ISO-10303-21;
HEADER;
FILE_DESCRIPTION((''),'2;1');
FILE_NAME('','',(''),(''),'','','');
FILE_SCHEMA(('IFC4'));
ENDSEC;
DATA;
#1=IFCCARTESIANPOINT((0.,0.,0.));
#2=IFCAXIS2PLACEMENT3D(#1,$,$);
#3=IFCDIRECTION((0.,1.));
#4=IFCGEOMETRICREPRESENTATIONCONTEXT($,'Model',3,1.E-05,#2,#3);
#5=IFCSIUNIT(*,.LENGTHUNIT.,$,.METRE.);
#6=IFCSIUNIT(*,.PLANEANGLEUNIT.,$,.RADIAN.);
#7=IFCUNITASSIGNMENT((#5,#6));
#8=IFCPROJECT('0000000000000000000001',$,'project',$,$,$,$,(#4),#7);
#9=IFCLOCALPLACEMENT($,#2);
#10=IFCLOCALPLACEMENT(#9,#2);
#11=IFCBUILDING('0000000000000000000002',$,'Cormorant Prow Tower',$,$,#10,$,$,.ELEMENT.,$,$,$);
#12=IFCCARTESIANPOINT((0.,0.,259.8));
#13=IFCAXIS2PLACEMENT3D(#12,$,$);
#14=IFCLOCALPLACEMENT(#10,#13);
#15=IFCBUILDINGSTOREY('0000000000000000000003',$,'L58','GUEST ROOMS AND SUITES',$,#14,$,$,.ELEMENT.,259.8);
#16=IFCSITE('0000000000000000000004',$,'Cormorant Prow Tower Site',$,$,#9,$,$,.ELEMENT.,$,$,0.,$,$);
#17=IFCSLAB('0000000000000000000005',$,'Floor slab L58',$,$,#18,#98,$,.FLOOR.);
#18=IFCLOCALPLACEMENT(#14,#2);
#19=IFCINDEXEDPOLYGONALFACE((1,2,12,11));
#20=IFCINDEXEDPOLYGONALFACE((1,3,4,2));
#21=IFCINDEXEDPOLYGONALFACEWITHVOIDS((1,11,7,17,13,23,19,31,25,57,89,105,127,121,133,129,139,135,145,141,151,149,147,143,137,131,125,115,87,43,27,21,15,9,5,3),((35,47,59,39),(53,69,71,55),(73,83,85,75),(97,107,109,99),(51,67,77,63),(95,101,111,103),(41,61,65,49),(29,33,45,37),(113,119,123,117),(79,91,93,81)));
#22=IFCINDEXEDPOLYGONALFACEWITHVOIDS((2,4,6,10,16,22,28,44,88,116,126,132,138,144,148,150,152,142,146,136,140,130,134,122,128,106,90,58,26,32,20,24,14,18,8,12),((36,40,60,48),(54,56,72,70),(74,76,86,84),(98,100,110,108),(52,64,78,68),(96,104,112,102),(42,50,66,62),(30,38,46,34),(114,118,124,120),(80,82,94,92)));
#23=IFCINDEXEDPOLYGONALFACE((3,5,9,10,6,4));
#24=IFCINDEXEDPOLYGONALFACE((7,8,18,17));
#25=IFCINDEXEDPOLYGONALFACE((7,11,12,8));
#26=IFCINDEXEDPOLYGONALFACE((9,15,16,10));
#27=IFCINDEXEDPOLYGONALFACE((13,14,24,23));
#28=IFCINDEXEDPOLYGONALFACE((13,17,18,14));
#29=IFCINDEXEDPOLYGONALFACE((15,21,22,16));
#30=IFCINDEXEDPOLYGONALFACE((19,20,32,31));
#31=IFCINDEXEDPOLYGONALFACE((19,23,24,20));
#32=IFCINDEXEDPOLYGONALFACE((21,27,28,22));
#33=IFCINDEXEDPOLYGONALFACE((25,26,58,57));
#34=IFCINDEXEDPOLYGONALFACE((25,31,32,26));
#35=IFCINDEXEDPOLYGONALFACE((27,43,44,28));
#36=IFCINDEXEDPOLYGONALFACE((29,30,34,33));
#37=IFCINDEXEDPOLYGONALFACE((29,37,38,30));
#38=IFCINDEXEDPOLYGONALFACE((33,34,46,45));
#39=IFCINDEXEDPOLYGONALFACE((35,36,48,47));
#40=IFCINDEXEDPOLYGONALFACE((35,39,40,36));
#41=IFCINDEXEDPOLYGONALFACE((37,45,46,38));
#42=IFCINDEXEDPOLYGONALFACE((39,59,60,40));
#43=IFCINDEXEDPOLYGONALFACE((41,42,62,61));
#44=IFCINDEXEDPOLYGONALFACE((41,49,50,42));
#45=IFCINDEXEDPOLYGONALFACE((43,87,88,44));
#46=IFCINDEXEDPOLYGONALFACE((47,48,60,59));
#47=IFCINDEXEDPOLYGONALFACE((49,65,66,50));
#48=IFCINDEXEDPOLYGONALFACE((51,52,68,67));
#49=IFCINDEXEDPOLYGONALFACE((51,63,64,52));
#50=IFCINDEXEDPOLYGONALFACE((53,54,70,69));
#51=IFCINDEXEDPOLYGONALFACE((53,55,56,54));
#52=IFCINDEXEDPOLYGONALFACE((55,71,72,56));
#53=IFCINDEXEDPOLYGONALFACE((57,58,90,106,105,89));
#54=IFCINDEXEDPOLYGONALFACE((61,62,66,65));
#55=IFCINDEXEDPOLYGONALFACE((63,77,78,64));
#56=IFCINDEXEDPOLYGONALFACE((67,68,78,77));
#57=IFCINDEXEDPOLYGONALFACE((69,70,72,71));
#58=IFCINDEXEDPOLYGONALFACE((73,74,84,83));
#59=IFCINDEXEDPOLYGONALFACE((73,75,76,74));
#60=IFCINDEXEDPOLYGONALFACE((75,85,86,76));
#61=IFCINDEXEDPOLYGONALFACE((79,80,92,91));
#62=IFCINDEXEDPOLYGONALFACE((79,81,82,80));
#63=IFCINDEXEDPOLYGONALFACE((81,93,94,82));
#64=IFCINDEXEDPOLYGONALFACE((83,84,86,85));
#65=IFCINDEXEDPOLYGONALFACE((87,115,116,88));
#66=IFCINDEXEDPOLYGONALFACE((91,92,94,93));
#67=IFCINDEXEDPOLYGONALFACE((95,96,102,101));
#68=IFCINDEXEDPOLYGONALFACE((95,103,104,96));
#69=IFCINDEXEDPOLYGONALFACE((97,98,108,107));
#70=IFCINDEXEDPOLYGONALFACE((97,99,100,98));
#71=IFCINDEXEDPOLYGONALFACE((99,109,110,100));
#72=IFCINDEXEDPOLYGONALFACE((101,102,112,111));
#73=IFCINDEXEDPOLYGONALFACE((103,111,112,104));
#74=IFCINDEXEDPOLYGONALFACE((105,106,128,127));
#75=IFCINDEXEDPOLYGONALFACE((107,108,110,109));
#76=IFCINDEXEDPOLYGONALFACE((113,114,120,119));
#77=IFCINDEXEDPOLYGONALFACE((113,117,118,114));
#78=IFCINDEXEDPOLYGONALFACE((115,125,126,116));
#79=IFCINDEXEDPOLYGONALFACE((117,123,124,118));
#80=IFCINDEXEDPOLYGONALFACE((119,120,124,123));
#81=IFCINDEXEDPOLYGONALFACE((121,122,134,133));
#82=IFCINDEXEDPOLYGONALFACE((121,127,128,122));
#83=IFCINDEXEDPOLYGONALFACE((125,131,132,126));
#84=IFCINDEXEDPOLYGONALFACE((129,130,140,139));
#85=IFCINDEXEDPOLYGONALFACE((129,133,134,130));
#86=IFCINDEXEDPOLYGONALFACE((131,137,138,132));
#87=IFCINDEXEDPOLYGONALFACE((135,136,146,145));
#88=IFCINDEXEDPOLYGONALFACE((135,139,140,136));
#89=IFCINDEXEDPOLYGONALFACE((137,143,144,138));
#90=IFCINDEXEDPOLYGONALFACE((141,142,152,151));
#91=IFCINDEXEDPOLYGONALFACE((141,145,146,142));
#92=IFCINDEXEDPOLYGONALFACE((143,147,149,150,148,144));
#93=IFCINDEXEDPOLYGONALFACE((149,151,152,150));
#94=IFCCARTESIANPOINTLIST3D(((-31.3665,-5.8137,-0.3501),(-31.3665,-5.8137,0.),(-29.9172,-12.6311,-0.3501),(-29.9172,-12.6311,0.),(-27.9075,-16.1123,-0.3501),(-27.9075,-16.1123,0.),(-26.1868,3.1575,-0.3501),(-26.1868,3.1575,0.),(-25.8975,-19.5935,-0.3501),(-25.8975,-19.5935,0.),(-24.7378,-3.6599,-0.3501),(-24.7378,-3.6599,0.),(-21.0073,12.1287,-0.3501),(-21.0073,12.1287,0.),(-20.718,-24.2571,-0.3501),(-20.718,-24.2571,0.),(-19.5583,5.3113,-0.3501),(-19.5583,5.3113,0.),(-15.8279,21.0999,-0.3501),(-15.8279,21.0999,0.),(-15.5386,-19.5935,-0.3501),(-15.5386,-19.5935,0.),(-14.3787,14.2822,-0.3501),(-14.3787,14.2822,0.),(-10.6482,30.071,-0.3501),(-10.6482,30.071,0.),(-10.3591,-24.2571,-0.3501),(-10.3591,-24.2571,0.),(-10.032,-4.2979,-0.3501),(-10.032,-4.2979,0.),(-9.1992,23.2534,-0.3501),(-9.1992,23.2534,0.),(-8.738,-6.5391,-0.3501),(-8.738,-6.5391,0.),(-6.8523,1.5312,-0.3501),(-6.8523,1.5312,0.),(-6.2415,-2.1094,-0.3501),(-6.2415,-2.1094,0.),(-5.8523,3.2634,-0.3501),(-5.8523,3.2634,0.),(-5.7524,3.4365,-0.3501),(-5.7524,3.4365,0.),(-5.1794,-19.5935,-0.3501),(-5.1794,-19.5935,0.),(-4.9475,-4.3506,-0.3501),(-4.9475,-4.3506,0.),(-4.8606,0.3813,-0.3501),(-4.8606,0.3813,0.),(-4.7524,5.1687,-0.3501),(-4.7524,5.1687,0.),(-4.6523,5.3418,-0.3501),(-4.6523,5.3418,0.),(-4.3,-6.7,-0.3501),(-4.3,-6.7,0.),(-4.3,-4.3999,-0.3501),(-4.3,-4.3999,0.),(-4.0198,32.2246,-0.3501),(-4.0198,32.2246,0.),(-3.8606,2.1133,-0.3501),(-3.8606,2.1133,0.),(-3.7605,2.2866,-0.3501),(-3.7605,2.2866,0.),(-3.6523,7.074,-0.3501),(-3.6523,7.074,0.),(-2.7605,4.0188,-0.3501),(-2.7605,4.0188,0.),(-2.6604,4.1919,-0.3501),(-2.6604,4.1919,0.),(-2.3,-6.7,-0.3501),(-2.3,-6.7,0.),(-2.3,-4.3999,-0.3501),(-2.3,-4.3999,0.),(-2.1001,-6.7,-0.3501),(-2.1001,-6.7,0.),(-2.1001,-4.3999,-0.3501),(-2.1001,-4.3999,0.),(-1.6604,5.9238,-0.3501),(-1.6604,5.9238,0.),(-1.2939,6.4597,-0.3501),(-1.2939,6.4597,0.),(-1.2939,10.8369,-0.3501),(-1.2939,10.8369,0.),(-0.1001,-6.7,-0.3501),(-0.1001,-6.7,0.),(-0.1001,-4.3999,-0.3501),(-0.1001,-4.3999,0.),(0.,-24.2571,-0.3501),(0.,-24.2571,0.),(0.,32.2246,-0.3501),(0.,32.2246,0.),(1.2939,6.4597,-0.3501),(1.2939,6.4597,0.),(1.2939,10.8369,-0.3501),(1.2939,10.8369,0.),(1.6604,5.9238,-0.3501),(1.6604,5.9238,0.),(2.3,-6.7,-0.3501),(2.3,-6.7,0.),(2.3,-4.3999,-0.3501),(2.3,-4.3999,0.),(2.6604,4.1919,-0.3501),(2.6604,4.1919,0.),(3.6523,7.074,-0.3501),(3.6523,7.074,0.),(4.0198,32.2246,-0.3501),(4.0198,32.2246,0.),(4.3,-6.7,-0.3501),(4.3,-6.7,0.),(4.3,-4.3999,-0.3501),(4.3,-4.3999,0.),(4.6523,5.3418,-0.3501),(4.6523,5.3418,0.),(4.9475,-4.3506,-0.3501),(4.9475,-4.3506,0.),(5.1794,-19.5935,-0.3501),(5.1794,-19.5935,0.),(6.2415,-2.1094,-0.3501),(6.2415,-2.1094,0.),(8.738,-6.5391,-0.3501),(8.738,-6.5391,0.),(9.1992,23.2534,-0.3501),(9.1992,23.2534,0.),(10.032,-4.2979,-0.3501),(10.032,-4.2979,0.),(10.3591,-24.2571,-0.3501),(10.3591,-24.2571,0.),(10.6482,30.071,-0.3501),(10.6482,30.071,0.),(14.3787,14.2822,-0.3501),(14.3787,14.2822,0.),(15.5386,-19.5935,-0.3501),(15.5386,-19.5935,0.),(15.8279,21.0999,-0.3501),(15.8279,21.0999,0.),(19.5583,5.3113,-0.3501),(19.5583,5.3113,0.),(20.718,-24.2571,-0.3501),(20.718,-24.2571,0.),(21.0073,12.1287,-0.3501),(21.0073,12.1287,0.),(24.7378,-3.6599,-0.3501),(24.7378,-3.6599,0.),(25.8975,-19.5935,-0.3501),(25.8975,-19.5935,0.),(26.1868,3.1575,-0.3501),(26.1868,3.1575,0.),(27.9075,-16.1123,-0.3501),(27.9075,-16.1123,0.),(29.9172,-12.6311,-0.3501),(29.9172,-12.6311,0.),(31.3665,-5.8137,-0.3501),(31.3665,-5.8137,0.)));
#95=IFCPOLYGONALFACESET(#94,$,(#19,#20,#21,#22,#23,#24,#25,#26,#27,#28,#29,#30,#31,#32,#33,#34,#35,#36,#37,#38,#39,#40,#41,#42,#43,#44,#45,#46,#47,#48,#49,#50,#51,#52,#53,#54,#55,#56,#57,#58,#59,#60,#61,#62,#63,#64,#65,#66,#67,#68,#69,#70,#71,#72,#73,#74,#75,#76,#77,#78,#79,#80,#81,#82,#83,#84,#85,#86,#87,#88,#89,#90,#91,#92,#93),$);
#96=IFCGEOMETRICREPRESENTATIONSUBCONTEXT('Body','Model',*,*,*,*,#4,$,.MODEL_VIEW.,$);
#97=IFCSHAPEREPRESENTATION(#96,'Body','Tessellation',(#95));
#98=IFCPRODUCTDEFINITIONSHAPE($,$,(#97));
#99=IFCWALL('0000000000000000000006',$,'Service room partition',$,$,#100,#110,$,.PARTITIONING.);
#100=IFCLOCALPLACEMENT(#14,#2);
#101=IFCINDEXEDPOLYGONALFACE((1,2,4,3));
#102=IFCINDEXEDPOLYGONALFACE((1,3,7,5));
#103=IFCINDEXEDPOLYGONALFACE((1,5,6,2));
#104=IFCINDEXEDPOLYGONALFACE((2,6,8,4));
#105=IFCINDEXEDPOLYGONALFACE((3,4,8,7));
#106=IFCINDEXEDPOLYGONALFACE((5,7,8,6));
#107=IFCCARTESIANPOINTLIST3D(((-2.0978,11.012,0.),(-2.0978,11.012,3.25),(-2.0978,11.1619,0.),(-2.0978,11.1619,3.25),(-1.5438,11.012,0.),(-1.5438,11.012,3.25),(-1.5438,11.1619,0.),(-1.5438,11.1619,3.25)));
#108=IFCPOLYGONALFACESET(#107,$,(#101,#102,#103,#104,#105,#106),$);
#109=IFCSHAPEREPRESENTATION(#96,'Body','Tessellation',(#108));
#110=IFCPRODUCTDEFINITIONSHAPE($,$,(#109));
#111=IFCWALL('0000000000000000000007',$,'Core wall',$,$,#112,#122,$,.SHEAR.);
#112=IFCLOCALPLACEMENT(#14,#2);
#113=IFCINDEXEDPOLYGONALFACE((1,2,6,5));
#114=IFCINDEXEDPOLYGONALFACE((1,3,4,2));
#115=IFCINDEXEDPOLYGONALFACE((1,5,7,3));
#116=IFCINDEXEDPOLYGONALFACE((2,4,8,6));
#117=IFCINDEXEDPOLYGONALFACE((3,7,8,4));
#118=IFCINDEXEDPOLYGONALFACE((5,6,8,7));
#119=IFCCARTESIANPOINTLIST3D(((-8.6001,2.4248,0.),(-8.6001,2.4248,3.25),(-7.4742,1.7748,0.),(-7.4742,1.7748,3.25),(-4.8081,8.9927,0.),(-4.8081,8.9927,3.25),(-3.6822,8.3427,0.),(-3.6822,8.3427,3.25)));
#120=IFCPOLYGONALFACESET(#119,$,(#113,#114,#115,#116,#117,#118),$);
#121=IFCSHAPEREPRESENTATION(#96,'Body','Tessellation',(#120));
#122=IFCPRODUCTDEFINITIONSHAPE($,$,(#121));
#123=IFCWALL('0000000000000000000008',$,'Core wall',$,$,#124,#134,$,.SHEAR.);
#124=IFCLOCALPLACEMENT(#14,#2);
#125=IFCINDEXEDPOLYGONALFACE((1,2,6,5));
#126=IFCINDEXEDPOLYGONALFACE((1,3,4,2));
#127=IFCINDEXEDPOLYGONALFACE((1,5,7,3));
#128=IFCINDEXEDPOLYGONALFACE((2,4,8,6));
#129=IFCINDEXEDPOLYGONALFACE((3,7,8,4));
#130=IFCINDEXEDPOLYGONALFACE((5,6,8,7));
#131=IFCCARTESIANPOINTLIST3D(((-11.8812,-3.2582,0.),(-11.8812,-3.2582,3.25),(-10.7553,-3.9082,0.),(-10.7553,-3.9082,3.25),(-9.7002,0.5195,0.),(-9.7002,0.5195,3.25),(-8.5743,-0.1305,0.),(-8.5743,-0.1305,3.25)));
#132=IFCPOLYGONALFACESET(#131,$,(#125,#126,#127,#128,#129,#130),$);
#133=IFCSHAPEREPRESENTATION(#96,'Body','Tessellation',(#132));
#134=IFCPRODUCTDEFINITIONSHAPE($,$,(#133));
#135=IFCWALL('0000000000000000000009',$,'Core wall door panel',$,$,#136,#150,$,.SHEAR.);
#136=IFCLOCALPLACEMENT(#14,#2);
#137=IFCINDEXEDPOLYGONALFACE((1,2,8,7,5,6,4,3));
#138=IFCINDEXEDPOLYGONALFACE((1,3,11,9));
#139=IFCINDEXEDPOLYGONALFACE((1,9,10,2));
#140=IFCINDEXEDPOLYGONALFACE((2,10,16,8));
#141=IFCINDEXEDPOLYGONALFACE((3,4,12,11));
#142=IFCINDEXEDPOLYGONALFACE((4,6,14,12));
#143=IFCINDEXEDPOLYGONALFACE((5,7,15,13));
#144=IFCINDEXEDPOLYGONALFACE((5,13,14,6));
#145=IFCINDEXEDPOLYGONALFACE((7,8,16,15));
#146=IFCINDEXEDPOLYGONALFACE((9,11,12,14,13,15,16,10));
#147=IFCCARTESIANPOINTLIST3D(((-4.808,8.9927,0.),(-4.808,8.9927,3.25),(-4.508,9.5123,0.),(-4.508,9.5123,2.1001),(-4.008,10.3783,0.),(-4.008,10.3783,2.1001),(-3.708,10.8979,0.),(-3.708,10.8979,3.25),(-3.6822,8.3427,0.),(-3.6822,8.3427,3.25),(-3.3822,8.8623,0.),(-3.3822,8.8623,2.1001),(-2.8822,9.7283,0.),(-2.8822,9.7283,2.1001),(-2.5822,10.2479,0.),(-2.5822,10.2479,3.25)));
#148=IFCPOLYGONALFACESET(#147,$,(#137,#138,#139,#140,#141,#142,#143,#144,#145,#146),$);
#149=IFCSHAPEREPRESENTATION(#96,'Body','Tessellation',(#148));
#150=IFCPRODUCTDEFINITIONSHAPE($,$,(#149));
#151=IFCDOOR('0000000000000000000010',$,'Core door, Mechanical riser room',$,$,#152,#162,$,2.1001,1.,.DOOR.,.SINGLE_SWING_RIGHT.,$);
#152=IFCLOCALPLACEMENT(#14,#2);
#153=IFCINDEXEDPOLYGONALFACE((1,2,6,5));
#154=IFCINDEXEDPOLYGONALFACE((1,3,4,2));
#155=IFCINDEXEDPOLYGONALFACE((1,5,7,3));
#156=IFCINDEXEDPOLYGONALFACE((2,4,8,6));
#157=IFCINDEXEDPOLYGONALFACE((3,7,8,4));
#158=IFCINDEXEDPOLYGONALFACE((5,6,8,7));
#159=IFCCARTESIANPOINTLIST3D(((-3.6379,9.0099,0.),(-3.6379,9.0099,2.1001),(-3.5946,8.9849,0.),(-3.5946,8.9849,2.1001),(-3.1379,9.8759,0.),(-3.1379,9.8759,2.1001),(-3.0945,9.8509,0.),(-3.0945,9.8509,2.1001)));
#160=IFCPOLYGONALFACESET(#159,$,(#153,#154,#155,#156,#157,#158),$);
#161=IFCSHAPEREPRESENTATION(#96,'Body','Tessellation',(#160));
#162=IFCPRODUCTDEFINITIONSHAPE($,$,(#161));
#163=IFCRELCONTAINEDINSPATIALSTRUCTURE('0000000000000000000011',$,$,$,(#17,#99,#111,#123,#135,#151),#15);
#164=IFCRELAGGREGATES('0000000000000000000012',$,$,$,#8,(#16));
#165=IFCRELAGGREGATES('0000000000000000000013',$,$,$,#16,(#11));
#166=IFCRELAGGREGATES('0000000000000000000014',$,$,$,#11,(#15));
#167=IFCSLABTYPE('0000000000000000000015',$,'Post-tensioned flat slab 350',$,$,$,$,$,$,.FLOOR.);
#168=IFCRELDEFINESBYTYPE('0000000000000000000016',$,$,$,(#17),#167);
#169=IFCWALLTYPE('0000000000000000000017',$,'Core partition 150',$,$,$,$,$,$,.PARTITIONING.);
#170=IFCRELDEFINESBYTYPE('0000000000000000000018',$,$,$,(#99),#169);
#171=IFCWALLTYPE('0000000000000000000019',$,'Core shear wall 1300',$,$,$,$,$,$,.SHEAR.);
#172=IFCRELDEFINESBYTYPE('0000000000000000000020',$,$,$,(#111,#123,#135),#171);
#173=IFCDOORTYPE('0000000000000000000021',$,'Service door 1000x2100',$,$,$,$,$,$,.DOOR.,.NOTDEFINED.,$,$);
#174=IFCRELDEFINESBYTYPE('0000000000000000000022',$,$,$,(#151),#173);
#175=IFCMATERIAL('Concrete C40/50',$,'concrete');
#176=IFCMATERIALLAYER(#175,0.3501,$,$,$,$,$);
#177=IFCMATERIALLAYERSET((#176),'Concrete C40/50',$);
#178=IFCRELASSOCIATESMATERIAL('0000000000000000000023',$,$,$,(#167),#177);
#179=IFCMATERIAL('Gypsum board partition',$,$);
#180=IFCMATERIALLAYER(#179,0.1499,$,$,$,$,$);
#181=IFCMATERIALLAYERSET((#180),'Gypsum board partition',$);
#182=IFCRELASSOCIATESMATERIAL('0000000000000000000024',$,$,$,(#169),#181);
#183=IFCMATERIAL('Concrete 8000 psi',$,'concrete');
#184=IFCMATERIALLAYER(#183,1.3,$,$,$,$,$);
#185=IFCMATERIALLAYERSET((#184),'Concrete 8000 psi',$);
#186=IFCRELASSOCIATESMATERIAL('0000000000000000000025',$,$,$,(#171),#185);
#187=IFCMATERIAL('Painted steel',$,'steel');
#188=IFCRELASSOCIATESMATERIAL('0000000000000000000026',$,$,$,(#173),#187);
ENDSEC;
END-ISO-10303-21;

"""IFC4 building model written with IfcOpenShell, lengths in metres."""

from ifc_helpers import new_model, si_unit, direction, frame, frame_2d, origin, place, context, subcontext, project, spatial, polyline, rectangle, outline, extrude, material, layer, layer_set, type_object, element, fill, save


model = new_model("IFC4")

# Units and contexts
model_context = context("Model", 3, precision=1e-05, world=origin(), true_north=direction((0.0, 1.0)))
body_context = subcontext(model_context, "Body", "Model", "MODEL_VIEW")
ifc_project = project(units=[si_unit("LENGTHUNIT", "METRE"), si_unit("PLANEANGLEUNIT", "RADIAN")], contexts=[model_context])

# Site, building, storey
site_placement = place(None, origin())
site = spatial("IfcSite", under=ifc_project, at=site_placement, Name="Cormorant Prow Tower Site", CompositionType="ELEMENT", RefElevation=0.0)
building_placement = place(site_placement, origin())
building = spatial("IfcBuilding", under=site, at=building_placement, Name="Cormorant Prow Tower", CompositionType="ELEMENT")
storey_placement = place(building_placement, frame((0.0, 0.0, 259.8)))
storey = spatial("IfcBuildingStorey", under=building, at=storey_placement, Name="L58", Description="GUEST ROOMS AND SUITES", CompositionType="ELEMENT", Elevation=259.8)

# Slab
ifc_material_1 = material(Name="Concrete C40/50", Category="concrete")
ifc_layer_1 = layer(ifc_material_1, 0.3501)
ifc_layer_set_1 = layer_set([ifc_layer_1], Name="Concrete C40/50")
slab_type_1 = type_object("IfcSlabType", Name="Post-tensioned flat slab 350", PredefinedType="FLOOR", material=ifc_layer_set_1)
slab_1_placement = place(storey_placement, frame((0.0, 0.0, -0.3501)))
element("IfcSlab", 1, at=slab_1_placement, inside=storey, type_object=slab_type_1, Name="Floor slab L58", PredefinedType="FLOOR", context=body_context, shape_type="SweptSolid", body=[
    extrude(outline(polyline([(-9.1992, 23.2534), (-15.8279, 21.0999), (-14.3787, 14.2822), (-21.0073, 12.1287), (-19.5583, 5.3113), (-26.1868, 3.1575), (-24.7378, -3.6599), (-31.3665, -5.8137), (-29.9172, -12.6311), (-27.9075, -16.1123), (-25.8975, -19.5935), (-20.718, -24.2571), (-15.5386, -19.5935), (-10.3591, -24.2571), (-5.1794, -19.5935), (0.0, -24.2571), (5.1794, -19.5935), (10.3591, -24.2571), (15.5386, -19.5935), (20.718, -24.2571), (25.8975, -19.5935), (27.9075, -16.1123), (29.9172, -12.6311), (31.3665, -5.8137), (24.7378, -3.6599), (26.1868, 3.1575), (19.5583, 5.3113), (21.0073, 12.1287), (14.3787, 14.2822), (15.8279, 21.0999), (9.1992, 23.2534), (10.6482, 30.071), (4.0198, 32.2246), (0.0, 32.2246), (-4.0198, 32.2246), (-10.6482, 30.071), (-9.1992, 23.2534)]), holes=[polyline([(-4.3, -4.3999), (-2.3, -4.3999), (-2.3, -6.7), (-4.3, -6.7), (-4.3, -4.3999)]), polyline([(-0.1001, -4.3999), (-0.1001, -6.7), (-2.1001, -6.7), (-2.1001, -4.3999), (-0.1001, -4.3999)]), polyline([(4.3, -6.7), (2.3, -6.7), (2.3, -4.3999), (4.3, -4.3999), (4.3, -6.7)]), polyline([(4.6523, 5.3418), (2.6604, 4.1919), (1.6604, 5.9238), (3.6523, 7.074), (4.6523, 5.3418)]), polyline([(-1.6604, 5.9238), (-2.6604, 4.1919), (-4.6523, 5.3418), (-3.6523, 7.074), (-1.6604, 5.9238)]), polyline([(-3.7605, 2.2866), (-5.7524, 3.4365), (-4.7524, 5.1687), (-2.7605, 4.0188), (-3.7605, 2.2866)]), polyline([(-6.8523, 1.5312), (-5.8523, 3.2634), (-3.8606, 2.1133), (-4.8606, 0.3813), (-6.8523, 1.5312)]), polyline([(-4.9475, -4.3506), (-8.738, -6.5391), (-10.032, -4.2979), (-6.2415, -2.1094), (-4.9475, -4.3506)]), polyline([(10.032, -4.2979), (8.738, -6.5391), (4.9475, -4.3506), (6.2415, -2.1094), (10.032, -4.2979)]), polyline([(1.2939, 10.8369), (1.2939, 6.4597), (-1.2939, 6.4597), (-1.2939, 10.8369), (1.2939, 10.8369)])]), origin(), (0.0, 0.0, 1.0), 0.3501),
])

# Walls
ifc_material_2 = material(Name="Gypsum board partition")
ifc_layer_2 = layer(ifc_material_2, 0.1499)
ifc_layer_set_2 = layer_set([ifc_layer_2], Name="Gypsum board partition")
wall_type_1 = type_object("IfcWallType", Name="Core partition 150", PredefinedType="PARTITIONING", material=ifc_layer_set_2)
wall_1_placement = place(storey_placement, frame((-1.5439, 11.0869, 0.0), z_axis=(0.0, 0.0, 1.0), x_axis=(-1.0, 0.0, 0.0)))
element("IfcWall", 2, at=wall_1_placement, inside=storey, type_object=wall_type_1, Name="Service room partition", PredefinedType="PARTITIONING", context=body_context, shape_type="SweptSolid", body=[
    extrude(rectangle(XDim=0.554, YDim=0.1499, at=frame_2d((0.2769, 0.0))), origin(), (0.0, 0.0, 1.0), 3.25),
])
ifc_material_3 = material(Name="Concrete 8000 psi", Category="concrete")
ifc_layer_3 = layer(ifc_material_3, 1.3)
ifc_layer_set_3 = layer_set([ifc_layer_3], Name="Concrete 8000 psi")
wall_type_2 = type_object("IfcWallType", Name="Core shear wall 1300", PredefinedType="SHEAR", material=ifc_layer_set_3)
wall_2_placement = place(storey_placement, frame((-4.2451, 8.6677, 0.0), z_axis=(0.0, 0.0, 1.0), x_axis=(-0.500003, -0.866024, 0.0)))
element("IfcWall", 3, at=wall_2_placement, inside=storey, type_object=wall_type_2, Name="Core wall", PredefinedType="SHEAR", context=body_context, shape_type="SweptSolid", body=[
    extrude(rectangle(XDim=7.584, YDim=1.3, at=frame_2d((3.792, 0.0))), origin(), (0.0, 0.0, 1.0), 3.25),
])
wall_3_placement = place(storey_placement, frame((-9.1372, 0.1946, 0.0), z_axis=(0.0, 0.0, 1.0), x_axis=(-0.499986, -0.866034, 0.0)))
element("IfcWall", 4, at=wall_3_placement, inside=storey, type_object=wall_type_2, Name="Core wall", PredefinedType="SHEAR", context=body_context, shape_type="SweptSolid", body=[
    extrude(rectangle(XDim=4.3621, YDim=1.3, at=frame_2d((2.1812, 0.0))), origin(), (0.0, 0.0, 1.0), 3.25),
])

# Wall, opening, door
wall_4_placement = place(storey_placement, frame((-3.145, 10.573, 0.0), z_axis=(0.0, 0.0, 1.0), x_axis=(-0.50003, -0.866008, 0.0)))
wall_4 = element("IfcWall", 5, at=wall_4_placement, inside=storey, type_object=wall_type_2, Name="Core wall door panel", PredefinedType="SHEAR", context=body_context, shape_type="SweptSolid", body=[
    extrude(rectangle(XDim=2.2, YDim=1.3, at=frame_2d((1.1001, 0.0))), origin(), (0.0, 0.0, 1.0), 3.25),
])
opening_1_placement = place(wall_4_placement, frame((0.6001, 0.0, 0.0)))
opening_1 = element("IfcOpeningElement", 6, at=opening_1_placement, cuts=wall_4, PredefinedType="OPENING", context=body_context, shape_type="SweptSolid", body=[
    extrude(rectangle(XDim=1.0, YDim=2.1001, at=frame_2d((0.5, 1.05))), frame((0.0, 0.6599, 0.0), z_axis=(0.0, -1.0, 0.0), x_axis=(1.0, 0.0, 0.0)), (0.0, 0.0, 1.0), 1.3201),
])
ifc_material_4 = material(Name="Painted steel", Category="steel")
door_type_1 = type_object("IfcDoorType", Name="Service door 1000x2100", OperationType="NOTDEFINED", PredefinedType="DOOR", material=ifc_material_4)
door_1_placement = place(opening_1_placement, origin())
door_1 = element("IfcDoor", 7, at=door_1_placement, inside=storey, type_object=door_type_1, Name="Core door, Mechanical riser room", OperationType="SINGLE_SWING_RIGHT", OverallHeight=2.1001, OverallWidth=1.0, PredefinedType="DOOR", context=body_context, shape_type="SweptSolid", body=[
    extrude(rectangle(XDim=1.0, YDim=2.1001, at=frame_2d((0.5, 1.05))), frame((0.0, 0.4048, 0.0), z_axis=(0.0, -1.0, 0.0), x_axis=(1.0, 0.0, 0.0)), (0.0, 0.0, 1.0), 0.05),
])
fill(opening_1, door_1)

save(model, "model.ifc")
